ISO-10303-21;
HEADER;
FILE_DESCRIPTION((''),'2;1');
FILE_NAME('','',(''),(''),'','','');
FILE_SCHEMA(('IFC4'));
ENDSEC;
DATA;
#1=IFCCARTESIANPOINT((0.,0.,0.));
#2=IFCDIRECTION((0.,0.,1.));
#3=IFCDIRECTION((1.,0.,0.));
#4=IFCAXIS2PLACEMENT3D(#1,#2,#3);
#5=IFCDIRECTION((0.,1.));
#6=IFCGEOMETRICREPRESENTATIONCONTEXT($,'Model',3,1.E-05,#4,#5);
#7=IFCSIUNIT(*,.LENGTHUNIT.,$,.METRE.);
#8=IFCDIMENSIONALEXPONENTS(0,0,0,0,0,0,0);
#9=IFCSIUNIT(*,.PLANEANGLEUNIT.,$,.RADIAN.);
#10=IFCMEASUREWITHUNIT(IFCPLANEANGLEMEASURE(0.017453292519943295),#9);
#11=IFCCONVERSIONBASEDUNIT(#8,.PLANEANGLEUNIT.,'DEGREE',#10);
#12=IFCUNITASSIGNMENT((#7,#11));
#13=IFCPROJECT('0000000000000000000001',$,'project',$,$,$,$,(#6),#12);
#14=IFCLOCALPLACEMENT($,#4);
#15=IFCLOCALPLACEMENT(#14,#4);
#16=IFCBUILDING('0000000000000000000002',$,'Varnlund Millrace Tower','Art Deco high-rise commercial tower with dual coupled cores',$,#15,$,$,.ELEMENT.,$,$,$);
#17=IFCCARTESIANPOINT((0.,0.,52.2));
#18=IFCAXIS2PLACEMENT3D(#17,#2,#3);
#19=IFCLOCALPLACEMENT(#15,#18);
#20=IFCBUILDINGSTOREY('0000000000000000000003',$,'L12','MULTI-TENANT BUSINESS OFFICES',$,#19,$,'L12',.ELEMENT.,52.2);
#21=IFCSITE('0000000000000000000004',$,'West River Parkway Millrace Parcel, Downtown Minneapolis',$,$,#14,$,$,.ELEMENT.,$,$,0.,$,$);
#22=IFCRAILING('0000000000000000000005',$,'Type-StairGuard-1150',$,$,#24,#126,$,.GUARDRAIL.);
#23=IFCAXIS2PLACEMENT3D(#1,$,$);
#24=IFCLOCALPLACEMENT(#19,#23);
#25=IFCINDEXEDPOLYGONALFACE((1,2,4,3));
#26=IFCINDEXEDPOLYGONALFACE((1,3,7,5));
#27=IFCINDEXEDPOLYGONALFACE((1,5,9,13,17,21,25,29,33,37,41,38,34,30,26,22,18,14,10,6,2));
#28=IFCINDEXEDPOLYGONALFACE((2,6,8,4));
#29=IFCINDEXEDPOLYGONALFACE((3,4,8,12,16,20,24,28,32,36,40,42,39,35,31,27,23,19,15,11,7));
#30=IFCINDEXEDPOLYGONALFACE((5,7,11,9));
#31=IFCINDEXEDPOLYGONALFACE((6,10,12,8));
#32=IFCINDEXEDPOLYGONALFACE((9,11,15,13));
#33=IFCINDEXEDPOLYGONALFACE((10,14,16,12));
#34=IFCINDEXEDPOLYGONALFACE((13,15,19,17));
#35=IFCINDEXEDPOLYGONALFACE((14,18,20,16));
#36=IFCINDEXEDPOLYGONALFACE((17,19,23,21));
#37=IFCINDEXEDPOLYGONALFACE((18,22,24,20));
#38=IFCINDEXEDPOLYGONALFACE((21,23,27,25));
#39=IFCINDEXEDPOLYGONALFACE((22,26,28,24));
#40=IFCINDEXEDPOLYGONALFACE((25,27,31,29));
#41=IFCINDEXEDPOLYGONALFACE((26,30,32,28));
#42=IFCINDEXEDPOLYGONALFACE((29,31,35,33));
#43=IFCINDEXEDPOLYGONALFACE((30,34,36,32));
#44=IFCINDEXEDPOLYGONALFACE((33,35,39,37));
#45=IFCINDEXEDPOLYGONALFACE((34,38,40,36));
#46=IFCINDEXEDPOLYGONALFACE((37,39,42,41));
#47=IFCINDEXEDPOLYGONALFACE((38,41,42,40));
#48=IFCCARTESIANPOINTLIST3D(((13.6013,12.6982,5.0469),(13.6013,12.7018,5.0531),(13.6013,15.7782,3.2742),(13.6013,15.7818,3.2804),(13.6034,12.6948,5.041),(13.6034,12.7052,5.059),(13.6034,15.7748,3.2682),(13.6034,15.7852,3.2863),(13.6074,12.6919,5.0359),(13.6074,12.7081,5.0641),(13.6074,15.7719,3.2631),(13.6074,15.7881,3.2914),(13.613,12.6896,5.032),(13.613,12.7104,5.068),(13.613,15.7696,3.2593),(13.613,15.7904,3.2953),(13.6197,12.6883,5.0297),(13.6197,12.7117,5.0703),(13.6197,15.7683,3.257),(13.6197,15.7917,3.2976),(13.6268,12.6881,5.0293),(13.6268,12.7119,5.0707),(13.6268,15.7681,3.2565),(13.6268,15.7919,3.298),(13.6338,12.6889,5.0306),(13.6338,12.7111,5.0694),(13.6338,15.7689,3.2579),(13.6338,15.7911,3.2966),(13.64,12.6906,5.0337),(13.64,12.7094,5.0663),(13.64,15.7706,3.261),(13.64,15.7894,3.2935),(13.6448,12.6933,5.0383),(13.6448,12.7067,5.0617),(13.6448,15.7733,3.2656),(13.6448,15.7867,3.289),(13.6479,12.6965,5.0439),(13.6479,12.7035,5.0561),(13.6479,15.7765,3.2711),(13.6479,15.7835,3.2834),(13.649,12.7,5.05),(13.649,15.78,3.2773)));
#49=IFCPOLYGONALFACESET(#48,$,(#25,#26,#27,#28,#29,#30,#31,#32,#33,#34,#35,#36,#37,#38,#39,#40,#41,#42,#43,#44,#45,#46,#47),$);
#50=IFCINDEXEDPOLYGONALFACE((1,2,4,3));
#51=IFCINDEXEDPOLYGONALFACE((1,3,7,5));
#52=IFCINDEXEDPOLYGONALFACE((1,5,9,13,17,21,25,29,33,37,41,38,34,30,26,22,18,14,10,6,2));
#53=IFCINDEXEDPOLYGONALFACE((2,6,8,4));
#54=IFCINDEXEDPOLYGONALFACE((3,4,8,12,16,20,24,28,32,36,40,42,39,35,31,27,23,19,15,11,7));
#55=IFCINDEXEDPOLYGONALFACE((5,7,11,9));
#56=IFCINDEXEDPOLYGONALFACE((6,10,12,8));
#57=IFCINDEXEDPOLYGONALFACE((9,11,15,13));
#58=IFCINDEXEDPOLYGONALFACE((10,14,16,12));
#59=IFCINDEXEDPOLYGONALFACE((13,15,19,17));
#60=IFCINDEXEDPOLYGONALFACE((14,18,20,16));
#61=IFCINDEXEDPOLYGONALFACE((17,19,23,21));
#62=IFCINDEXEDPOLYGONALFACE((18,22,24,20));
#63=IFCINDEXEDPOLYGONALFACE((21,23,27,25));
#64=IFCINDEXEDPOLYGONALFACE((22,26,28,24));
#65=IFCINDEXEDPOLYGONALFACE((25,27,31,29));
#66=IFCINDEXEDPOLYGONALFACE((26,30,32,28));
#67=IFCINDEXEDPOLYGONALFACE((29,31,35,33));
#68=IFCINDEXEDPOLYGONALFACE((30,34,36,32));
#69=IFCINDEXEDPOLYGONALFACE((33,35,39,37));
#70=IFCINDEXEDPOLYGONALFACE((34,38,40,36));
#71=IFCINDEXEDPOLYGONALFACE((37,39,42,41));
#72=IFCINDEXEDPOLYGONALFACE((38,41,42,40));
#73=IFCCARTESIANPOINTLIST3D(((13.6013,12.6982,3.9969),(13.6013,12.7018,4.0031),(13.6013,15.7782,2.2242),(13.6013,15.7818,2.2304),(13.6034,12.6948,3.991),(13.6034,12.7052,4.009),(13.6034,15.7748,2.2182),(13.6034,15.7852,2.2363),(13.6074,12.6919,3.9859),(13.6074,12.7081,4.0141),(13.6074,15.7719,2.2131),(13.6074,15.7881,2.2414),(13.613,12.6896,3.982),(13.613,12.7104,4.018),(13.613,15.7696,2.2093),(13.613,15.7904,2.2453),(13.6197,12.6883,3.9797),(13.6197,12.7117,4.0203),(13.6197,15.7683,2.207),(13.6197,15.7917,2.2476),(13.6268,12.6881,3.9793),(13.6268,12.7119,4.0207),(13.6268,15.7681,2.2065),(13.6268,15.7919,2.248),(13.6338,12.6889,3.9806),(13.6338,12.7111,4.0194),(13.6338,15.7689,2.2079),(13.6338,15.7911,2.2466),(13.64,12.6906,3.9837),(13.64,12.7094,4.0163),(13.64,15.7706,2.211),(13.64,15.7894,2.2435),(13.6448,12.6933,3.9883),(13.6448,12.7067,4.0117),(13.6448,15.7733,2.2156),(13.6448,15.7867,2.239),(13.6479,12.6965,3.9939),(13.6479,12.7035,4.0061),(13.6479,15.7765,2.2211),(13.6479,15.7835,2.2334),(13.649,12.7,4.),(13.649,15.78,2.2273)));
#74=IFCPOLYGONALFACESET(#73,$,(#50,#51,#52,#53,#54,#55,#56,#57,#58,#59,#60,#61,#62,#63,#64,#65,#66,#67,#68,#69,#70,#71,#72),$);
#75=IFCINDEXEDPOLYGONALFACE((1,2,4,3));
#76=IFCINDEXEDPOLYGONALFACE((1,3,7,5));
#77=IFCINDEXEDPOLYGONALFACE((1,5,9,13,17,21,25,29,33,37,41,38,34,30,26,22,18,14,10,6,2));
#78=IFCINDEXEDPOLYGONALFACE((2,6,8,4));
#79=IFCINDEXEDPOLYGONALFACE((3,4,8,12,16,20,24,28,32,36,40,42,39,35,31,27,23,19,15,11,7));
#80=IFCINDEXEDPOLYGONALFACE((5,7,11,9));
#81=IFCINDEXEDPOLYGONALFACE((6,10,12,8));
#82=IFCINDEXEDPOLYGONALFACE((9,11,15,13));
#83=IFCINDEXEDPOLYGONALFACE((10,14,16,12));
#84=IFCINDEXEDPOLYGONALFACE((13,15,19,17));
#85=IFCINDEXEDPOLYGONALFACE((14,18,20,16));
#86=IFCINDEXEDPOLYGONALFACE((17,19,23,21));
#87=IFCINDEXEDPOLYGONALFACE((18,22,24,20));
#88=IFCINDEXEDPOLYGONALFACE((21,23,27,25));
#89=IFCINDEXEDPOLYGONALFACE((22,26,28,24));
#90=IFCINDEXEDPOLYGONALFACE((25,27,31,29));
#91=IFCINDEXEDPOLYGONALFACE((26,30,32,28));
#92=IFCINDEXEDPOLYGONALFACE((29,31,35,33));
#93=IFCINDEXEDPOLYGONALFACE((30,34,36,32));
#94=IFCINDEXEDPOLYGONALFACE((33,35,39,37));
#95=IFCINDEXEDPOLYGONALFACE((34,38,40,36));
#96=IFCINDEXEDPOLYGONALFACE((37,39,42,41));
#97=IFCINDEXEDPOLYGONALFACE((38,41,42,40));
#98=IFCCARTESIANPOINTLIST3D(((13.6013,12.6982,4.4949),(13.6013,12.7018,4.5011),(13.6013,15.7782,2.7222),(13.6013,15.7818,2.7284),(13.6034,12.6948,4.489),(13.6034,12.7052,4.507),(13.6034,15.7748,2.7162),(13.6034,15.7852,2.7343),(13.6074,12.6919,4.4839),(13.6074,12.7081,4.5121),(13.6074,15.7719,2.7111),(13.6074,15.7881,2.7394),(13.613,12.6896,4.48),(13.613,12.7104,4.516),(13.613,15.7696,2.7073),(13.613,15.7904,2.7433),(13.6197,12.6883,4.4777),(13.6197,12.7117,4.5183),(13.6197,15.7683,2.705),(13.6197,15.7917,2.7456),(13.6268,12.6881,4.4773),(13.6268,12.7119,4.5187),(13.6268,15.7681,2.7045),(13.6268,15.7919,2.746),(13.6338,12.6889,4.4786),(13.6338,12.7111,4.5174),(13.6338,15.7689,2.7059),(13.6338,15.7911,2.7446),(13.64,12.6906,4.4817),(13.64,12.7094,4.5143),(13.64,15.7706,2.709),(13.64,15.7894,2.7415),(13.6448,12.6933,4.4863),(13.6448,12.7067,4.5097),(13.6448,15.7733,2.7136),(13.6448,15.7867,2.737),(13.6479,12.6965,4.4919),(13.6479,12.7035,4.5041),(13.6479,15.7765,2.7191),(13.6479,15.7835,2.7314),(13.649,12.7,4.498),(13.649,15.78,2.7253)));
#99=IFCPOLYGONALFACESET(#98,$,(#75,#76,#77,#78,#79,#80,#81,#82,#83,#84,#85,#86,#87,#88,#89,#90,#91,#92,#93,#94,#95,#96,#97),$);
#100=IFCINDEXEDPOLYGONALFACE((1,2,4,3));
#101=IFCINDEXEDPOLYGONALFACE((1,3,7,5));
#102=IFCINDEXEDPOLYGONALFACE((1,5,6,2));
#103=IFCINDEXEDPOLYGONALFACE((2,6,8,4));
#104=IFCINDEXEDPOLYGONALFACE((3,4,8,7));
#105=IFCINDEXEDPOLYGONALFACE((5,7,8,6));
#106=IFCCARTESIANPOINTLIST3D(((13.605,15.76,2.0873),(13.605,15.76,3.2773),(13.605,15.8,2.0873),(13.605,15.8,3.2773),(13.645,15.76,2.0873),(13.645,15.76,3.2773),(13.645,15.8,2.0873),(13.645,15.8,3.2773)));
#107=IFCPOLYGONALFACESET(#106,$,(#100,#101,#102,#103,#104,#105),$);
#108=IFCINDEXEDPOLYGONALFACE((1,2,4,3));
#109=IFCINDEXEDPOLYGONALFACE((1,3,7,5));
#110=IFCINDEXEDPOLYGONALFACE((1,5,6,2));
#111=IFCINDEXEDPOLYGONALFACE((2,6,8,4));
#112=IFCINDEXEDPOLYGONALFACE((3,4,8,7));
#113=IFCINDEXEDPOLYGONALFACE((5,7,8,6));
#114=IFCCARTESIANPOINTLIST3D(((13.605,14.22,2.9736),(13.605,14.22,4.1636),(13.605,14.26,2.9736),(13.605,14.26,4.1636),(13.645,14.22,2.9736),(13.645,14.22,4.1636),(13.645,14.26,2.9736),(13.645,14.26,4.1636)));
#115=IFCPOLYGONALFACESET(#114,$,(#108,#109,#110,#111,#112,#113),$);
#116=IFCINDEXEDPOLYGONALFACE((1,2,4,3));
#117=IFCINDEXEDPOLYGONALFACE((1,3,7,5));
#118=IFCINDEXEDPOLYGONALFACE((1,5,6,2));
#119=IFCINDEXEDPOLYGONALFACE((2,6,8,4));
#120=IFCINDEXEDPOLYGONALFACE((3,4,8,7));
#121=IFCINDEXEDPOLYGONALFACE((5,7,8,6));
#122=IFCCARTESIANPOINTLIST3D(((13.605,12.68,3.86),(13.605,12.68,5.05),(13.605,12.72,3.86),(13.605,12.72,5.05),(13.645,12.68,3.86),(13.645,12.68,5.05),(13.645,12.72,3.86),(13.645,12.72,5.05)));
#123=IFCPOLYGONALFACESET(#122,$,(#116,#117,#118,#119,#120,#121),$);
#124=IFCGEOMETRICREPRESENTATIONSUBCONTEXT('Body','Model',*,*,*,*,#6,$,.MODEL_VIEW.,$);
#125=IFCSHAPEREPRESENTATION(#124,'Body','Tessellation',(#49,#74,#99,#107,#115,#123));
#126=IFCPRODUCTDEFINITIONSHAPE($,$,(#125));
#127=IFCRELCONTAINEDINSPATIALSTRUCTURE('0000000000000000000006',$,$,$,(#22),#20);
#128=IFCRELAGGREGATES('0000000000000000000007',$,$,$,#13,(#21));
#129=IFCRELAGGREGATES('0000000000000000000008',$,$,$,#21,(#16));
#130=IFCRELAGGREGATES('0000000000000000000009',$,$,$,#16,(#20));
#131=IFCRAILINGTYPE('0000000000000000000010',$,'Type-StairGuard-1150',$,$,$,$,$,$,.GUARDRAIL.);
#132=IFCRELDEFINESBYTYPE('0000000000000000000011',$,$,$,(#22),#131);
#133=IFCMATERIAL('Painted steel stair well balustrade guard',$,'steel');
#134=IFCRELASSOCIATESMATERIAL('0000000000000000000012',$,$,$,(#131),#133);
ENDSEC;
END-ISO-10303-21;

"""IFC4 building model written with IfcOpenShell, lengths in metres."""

from ifc_helpers import new_model, entity, si_unit, converted_unit, direction, frame, origin_with_axes, origin_2d_with_axis, place, context, subcontext, project, spatial, rectangle, circle, extrude, material, type_object, element, save


model = new_model("IFC4")

# Units and contexts
model_context = context("Model", 3, precision=1e-05, world=origin_with_axes(), true_north=direction((0.0, 1.0)))
body_context = subcontext(model_context, "Body", "Model", "MODEL_VIEW")
ifc_project = project(units=[si_unit("LENGTHUNIT", "METRE"), converted_unit("PLANEANGLEUNIT", "DEGREE", entity("IfcPlaneAngleMeasure", 0.017453292519943295), si_unit("PLANEANGLEUNIT", "RADIAN"), dimensions=[0, 0, 0, 0, 0, 0, 0])], contexts=[model_context])

# Site, building, storey
site_placement = place(None, origin_with_axes())
site = spatial("IfcSite", under=ifc_project, at=site_placement, Name="West River Parkway Millrace Parcel, Downtown Minneapolis", CompositionType="ELEMENT", RefElevation=0.0)
building_placement = place(site_placement, origin_with_axes())
building = spatial("IfcBuilding", under=site, at=building_placement, Name="Varnlund Millrace Tower", Description="Art Deco high-rise commercial tower with dual coupled cores", CompositionType="ELEMENT")
storey_placement = place(building_placement, frame((0.0, 0.0, 52.2), z_axis=(0.0, 0.0, 1.0), x_axis=(1.0, 0.0, 0.0)))
storey = spatial("IfcBuildingStorey", under=building, at=storey_placement, Name="L12", Description="MULTI-TENANT BUSINESS OFFICES", LongName="L12", CompositionType="ELEMENT", Elevation=52.2)

# Railing
ifc_material_1 = material(Name="Painted steel stair well balustrade guard", Category="steel")
railing_type_1 = type_object("IfcRailingType", Name="Type-StairGuard-1150", PredefinedType="GUARDRAIL", material=ifc_material_1)
railing_1_placement = place(storey_placement, frame((0.0, 0.0, -52.2), z_axis=(0.0, 0.0, 1.0), x_axis=(1.0, 0.0, 0.0)))
element("IfcRailing", 1, at=railing_1_placement, inside=storey, type_object=railing_type_1, Name="Type-StairGuard-1150", PredefinedType="GUARDRAIL", context=body_context, shape_type="SweptSolid", body=[
    extrude(circle(Radius=0.024, at=origin_2d_with_axis()), frame((13.625, 15.78, 55.4773), z_axis=(0.0, -0.866696, 0.498836), x_axis=(1.0, 0.0, 0.0)), (0.0, 0.0, 1.0), 3.5537),
    extrude(circle(Radius=0.024, at=origin_2d_with_axis()), frame((13.625, 15.78, 54.4273), z_axis=(0.0, -0.866696, 0.498836), x_axis=(1.0, 0.0, 0.0)), (0.0, 0.0, 1.0), 3.5537),
    extrude(circle(Radius=0.024, at=origin_2d_with_axis()), frame((13.625, 15.78, 54.9253), z_axis=(0.0, -0.866696, 0.498836), x_axis=(1.0, 0.0, 0.0)), (0.0, 0.0, 1.0), 3.5537),
    extrude(rectangle(XDim=0.04, YDim=0.04, at=origin_2d_with_axis()), frame((13.625, 15.78, 54.2873), z_axis=(0.0, 0.0, 1.0), x_axis=(1.0, 0.0, 0.0)), (0.0, 0.0, 1.0), 1.19),
    extrude(rectangle(XDim=0.04, YDim=0.04, at=origin_2d_with_axis()), frame((13.625, 14.24, 55.1736), z_axis=(0.0, 0.0, 1.0), x_axis=(1.0, 0.0, 0.0)), (0.0, 0.0, 1.0), 1.19),
    extrude(rectangle(XDim=0.04, YDim=0.04, at=origin_2d_with_axis()), frame((13.625, 12.7, 56.06), z_axis=(0.0, 0.0, 1.0), x_axis=(1.0, 0.0, 0.0)), (0.0, 0.0, 1.0), 1.19),
])

save(model, "model.ifc")
